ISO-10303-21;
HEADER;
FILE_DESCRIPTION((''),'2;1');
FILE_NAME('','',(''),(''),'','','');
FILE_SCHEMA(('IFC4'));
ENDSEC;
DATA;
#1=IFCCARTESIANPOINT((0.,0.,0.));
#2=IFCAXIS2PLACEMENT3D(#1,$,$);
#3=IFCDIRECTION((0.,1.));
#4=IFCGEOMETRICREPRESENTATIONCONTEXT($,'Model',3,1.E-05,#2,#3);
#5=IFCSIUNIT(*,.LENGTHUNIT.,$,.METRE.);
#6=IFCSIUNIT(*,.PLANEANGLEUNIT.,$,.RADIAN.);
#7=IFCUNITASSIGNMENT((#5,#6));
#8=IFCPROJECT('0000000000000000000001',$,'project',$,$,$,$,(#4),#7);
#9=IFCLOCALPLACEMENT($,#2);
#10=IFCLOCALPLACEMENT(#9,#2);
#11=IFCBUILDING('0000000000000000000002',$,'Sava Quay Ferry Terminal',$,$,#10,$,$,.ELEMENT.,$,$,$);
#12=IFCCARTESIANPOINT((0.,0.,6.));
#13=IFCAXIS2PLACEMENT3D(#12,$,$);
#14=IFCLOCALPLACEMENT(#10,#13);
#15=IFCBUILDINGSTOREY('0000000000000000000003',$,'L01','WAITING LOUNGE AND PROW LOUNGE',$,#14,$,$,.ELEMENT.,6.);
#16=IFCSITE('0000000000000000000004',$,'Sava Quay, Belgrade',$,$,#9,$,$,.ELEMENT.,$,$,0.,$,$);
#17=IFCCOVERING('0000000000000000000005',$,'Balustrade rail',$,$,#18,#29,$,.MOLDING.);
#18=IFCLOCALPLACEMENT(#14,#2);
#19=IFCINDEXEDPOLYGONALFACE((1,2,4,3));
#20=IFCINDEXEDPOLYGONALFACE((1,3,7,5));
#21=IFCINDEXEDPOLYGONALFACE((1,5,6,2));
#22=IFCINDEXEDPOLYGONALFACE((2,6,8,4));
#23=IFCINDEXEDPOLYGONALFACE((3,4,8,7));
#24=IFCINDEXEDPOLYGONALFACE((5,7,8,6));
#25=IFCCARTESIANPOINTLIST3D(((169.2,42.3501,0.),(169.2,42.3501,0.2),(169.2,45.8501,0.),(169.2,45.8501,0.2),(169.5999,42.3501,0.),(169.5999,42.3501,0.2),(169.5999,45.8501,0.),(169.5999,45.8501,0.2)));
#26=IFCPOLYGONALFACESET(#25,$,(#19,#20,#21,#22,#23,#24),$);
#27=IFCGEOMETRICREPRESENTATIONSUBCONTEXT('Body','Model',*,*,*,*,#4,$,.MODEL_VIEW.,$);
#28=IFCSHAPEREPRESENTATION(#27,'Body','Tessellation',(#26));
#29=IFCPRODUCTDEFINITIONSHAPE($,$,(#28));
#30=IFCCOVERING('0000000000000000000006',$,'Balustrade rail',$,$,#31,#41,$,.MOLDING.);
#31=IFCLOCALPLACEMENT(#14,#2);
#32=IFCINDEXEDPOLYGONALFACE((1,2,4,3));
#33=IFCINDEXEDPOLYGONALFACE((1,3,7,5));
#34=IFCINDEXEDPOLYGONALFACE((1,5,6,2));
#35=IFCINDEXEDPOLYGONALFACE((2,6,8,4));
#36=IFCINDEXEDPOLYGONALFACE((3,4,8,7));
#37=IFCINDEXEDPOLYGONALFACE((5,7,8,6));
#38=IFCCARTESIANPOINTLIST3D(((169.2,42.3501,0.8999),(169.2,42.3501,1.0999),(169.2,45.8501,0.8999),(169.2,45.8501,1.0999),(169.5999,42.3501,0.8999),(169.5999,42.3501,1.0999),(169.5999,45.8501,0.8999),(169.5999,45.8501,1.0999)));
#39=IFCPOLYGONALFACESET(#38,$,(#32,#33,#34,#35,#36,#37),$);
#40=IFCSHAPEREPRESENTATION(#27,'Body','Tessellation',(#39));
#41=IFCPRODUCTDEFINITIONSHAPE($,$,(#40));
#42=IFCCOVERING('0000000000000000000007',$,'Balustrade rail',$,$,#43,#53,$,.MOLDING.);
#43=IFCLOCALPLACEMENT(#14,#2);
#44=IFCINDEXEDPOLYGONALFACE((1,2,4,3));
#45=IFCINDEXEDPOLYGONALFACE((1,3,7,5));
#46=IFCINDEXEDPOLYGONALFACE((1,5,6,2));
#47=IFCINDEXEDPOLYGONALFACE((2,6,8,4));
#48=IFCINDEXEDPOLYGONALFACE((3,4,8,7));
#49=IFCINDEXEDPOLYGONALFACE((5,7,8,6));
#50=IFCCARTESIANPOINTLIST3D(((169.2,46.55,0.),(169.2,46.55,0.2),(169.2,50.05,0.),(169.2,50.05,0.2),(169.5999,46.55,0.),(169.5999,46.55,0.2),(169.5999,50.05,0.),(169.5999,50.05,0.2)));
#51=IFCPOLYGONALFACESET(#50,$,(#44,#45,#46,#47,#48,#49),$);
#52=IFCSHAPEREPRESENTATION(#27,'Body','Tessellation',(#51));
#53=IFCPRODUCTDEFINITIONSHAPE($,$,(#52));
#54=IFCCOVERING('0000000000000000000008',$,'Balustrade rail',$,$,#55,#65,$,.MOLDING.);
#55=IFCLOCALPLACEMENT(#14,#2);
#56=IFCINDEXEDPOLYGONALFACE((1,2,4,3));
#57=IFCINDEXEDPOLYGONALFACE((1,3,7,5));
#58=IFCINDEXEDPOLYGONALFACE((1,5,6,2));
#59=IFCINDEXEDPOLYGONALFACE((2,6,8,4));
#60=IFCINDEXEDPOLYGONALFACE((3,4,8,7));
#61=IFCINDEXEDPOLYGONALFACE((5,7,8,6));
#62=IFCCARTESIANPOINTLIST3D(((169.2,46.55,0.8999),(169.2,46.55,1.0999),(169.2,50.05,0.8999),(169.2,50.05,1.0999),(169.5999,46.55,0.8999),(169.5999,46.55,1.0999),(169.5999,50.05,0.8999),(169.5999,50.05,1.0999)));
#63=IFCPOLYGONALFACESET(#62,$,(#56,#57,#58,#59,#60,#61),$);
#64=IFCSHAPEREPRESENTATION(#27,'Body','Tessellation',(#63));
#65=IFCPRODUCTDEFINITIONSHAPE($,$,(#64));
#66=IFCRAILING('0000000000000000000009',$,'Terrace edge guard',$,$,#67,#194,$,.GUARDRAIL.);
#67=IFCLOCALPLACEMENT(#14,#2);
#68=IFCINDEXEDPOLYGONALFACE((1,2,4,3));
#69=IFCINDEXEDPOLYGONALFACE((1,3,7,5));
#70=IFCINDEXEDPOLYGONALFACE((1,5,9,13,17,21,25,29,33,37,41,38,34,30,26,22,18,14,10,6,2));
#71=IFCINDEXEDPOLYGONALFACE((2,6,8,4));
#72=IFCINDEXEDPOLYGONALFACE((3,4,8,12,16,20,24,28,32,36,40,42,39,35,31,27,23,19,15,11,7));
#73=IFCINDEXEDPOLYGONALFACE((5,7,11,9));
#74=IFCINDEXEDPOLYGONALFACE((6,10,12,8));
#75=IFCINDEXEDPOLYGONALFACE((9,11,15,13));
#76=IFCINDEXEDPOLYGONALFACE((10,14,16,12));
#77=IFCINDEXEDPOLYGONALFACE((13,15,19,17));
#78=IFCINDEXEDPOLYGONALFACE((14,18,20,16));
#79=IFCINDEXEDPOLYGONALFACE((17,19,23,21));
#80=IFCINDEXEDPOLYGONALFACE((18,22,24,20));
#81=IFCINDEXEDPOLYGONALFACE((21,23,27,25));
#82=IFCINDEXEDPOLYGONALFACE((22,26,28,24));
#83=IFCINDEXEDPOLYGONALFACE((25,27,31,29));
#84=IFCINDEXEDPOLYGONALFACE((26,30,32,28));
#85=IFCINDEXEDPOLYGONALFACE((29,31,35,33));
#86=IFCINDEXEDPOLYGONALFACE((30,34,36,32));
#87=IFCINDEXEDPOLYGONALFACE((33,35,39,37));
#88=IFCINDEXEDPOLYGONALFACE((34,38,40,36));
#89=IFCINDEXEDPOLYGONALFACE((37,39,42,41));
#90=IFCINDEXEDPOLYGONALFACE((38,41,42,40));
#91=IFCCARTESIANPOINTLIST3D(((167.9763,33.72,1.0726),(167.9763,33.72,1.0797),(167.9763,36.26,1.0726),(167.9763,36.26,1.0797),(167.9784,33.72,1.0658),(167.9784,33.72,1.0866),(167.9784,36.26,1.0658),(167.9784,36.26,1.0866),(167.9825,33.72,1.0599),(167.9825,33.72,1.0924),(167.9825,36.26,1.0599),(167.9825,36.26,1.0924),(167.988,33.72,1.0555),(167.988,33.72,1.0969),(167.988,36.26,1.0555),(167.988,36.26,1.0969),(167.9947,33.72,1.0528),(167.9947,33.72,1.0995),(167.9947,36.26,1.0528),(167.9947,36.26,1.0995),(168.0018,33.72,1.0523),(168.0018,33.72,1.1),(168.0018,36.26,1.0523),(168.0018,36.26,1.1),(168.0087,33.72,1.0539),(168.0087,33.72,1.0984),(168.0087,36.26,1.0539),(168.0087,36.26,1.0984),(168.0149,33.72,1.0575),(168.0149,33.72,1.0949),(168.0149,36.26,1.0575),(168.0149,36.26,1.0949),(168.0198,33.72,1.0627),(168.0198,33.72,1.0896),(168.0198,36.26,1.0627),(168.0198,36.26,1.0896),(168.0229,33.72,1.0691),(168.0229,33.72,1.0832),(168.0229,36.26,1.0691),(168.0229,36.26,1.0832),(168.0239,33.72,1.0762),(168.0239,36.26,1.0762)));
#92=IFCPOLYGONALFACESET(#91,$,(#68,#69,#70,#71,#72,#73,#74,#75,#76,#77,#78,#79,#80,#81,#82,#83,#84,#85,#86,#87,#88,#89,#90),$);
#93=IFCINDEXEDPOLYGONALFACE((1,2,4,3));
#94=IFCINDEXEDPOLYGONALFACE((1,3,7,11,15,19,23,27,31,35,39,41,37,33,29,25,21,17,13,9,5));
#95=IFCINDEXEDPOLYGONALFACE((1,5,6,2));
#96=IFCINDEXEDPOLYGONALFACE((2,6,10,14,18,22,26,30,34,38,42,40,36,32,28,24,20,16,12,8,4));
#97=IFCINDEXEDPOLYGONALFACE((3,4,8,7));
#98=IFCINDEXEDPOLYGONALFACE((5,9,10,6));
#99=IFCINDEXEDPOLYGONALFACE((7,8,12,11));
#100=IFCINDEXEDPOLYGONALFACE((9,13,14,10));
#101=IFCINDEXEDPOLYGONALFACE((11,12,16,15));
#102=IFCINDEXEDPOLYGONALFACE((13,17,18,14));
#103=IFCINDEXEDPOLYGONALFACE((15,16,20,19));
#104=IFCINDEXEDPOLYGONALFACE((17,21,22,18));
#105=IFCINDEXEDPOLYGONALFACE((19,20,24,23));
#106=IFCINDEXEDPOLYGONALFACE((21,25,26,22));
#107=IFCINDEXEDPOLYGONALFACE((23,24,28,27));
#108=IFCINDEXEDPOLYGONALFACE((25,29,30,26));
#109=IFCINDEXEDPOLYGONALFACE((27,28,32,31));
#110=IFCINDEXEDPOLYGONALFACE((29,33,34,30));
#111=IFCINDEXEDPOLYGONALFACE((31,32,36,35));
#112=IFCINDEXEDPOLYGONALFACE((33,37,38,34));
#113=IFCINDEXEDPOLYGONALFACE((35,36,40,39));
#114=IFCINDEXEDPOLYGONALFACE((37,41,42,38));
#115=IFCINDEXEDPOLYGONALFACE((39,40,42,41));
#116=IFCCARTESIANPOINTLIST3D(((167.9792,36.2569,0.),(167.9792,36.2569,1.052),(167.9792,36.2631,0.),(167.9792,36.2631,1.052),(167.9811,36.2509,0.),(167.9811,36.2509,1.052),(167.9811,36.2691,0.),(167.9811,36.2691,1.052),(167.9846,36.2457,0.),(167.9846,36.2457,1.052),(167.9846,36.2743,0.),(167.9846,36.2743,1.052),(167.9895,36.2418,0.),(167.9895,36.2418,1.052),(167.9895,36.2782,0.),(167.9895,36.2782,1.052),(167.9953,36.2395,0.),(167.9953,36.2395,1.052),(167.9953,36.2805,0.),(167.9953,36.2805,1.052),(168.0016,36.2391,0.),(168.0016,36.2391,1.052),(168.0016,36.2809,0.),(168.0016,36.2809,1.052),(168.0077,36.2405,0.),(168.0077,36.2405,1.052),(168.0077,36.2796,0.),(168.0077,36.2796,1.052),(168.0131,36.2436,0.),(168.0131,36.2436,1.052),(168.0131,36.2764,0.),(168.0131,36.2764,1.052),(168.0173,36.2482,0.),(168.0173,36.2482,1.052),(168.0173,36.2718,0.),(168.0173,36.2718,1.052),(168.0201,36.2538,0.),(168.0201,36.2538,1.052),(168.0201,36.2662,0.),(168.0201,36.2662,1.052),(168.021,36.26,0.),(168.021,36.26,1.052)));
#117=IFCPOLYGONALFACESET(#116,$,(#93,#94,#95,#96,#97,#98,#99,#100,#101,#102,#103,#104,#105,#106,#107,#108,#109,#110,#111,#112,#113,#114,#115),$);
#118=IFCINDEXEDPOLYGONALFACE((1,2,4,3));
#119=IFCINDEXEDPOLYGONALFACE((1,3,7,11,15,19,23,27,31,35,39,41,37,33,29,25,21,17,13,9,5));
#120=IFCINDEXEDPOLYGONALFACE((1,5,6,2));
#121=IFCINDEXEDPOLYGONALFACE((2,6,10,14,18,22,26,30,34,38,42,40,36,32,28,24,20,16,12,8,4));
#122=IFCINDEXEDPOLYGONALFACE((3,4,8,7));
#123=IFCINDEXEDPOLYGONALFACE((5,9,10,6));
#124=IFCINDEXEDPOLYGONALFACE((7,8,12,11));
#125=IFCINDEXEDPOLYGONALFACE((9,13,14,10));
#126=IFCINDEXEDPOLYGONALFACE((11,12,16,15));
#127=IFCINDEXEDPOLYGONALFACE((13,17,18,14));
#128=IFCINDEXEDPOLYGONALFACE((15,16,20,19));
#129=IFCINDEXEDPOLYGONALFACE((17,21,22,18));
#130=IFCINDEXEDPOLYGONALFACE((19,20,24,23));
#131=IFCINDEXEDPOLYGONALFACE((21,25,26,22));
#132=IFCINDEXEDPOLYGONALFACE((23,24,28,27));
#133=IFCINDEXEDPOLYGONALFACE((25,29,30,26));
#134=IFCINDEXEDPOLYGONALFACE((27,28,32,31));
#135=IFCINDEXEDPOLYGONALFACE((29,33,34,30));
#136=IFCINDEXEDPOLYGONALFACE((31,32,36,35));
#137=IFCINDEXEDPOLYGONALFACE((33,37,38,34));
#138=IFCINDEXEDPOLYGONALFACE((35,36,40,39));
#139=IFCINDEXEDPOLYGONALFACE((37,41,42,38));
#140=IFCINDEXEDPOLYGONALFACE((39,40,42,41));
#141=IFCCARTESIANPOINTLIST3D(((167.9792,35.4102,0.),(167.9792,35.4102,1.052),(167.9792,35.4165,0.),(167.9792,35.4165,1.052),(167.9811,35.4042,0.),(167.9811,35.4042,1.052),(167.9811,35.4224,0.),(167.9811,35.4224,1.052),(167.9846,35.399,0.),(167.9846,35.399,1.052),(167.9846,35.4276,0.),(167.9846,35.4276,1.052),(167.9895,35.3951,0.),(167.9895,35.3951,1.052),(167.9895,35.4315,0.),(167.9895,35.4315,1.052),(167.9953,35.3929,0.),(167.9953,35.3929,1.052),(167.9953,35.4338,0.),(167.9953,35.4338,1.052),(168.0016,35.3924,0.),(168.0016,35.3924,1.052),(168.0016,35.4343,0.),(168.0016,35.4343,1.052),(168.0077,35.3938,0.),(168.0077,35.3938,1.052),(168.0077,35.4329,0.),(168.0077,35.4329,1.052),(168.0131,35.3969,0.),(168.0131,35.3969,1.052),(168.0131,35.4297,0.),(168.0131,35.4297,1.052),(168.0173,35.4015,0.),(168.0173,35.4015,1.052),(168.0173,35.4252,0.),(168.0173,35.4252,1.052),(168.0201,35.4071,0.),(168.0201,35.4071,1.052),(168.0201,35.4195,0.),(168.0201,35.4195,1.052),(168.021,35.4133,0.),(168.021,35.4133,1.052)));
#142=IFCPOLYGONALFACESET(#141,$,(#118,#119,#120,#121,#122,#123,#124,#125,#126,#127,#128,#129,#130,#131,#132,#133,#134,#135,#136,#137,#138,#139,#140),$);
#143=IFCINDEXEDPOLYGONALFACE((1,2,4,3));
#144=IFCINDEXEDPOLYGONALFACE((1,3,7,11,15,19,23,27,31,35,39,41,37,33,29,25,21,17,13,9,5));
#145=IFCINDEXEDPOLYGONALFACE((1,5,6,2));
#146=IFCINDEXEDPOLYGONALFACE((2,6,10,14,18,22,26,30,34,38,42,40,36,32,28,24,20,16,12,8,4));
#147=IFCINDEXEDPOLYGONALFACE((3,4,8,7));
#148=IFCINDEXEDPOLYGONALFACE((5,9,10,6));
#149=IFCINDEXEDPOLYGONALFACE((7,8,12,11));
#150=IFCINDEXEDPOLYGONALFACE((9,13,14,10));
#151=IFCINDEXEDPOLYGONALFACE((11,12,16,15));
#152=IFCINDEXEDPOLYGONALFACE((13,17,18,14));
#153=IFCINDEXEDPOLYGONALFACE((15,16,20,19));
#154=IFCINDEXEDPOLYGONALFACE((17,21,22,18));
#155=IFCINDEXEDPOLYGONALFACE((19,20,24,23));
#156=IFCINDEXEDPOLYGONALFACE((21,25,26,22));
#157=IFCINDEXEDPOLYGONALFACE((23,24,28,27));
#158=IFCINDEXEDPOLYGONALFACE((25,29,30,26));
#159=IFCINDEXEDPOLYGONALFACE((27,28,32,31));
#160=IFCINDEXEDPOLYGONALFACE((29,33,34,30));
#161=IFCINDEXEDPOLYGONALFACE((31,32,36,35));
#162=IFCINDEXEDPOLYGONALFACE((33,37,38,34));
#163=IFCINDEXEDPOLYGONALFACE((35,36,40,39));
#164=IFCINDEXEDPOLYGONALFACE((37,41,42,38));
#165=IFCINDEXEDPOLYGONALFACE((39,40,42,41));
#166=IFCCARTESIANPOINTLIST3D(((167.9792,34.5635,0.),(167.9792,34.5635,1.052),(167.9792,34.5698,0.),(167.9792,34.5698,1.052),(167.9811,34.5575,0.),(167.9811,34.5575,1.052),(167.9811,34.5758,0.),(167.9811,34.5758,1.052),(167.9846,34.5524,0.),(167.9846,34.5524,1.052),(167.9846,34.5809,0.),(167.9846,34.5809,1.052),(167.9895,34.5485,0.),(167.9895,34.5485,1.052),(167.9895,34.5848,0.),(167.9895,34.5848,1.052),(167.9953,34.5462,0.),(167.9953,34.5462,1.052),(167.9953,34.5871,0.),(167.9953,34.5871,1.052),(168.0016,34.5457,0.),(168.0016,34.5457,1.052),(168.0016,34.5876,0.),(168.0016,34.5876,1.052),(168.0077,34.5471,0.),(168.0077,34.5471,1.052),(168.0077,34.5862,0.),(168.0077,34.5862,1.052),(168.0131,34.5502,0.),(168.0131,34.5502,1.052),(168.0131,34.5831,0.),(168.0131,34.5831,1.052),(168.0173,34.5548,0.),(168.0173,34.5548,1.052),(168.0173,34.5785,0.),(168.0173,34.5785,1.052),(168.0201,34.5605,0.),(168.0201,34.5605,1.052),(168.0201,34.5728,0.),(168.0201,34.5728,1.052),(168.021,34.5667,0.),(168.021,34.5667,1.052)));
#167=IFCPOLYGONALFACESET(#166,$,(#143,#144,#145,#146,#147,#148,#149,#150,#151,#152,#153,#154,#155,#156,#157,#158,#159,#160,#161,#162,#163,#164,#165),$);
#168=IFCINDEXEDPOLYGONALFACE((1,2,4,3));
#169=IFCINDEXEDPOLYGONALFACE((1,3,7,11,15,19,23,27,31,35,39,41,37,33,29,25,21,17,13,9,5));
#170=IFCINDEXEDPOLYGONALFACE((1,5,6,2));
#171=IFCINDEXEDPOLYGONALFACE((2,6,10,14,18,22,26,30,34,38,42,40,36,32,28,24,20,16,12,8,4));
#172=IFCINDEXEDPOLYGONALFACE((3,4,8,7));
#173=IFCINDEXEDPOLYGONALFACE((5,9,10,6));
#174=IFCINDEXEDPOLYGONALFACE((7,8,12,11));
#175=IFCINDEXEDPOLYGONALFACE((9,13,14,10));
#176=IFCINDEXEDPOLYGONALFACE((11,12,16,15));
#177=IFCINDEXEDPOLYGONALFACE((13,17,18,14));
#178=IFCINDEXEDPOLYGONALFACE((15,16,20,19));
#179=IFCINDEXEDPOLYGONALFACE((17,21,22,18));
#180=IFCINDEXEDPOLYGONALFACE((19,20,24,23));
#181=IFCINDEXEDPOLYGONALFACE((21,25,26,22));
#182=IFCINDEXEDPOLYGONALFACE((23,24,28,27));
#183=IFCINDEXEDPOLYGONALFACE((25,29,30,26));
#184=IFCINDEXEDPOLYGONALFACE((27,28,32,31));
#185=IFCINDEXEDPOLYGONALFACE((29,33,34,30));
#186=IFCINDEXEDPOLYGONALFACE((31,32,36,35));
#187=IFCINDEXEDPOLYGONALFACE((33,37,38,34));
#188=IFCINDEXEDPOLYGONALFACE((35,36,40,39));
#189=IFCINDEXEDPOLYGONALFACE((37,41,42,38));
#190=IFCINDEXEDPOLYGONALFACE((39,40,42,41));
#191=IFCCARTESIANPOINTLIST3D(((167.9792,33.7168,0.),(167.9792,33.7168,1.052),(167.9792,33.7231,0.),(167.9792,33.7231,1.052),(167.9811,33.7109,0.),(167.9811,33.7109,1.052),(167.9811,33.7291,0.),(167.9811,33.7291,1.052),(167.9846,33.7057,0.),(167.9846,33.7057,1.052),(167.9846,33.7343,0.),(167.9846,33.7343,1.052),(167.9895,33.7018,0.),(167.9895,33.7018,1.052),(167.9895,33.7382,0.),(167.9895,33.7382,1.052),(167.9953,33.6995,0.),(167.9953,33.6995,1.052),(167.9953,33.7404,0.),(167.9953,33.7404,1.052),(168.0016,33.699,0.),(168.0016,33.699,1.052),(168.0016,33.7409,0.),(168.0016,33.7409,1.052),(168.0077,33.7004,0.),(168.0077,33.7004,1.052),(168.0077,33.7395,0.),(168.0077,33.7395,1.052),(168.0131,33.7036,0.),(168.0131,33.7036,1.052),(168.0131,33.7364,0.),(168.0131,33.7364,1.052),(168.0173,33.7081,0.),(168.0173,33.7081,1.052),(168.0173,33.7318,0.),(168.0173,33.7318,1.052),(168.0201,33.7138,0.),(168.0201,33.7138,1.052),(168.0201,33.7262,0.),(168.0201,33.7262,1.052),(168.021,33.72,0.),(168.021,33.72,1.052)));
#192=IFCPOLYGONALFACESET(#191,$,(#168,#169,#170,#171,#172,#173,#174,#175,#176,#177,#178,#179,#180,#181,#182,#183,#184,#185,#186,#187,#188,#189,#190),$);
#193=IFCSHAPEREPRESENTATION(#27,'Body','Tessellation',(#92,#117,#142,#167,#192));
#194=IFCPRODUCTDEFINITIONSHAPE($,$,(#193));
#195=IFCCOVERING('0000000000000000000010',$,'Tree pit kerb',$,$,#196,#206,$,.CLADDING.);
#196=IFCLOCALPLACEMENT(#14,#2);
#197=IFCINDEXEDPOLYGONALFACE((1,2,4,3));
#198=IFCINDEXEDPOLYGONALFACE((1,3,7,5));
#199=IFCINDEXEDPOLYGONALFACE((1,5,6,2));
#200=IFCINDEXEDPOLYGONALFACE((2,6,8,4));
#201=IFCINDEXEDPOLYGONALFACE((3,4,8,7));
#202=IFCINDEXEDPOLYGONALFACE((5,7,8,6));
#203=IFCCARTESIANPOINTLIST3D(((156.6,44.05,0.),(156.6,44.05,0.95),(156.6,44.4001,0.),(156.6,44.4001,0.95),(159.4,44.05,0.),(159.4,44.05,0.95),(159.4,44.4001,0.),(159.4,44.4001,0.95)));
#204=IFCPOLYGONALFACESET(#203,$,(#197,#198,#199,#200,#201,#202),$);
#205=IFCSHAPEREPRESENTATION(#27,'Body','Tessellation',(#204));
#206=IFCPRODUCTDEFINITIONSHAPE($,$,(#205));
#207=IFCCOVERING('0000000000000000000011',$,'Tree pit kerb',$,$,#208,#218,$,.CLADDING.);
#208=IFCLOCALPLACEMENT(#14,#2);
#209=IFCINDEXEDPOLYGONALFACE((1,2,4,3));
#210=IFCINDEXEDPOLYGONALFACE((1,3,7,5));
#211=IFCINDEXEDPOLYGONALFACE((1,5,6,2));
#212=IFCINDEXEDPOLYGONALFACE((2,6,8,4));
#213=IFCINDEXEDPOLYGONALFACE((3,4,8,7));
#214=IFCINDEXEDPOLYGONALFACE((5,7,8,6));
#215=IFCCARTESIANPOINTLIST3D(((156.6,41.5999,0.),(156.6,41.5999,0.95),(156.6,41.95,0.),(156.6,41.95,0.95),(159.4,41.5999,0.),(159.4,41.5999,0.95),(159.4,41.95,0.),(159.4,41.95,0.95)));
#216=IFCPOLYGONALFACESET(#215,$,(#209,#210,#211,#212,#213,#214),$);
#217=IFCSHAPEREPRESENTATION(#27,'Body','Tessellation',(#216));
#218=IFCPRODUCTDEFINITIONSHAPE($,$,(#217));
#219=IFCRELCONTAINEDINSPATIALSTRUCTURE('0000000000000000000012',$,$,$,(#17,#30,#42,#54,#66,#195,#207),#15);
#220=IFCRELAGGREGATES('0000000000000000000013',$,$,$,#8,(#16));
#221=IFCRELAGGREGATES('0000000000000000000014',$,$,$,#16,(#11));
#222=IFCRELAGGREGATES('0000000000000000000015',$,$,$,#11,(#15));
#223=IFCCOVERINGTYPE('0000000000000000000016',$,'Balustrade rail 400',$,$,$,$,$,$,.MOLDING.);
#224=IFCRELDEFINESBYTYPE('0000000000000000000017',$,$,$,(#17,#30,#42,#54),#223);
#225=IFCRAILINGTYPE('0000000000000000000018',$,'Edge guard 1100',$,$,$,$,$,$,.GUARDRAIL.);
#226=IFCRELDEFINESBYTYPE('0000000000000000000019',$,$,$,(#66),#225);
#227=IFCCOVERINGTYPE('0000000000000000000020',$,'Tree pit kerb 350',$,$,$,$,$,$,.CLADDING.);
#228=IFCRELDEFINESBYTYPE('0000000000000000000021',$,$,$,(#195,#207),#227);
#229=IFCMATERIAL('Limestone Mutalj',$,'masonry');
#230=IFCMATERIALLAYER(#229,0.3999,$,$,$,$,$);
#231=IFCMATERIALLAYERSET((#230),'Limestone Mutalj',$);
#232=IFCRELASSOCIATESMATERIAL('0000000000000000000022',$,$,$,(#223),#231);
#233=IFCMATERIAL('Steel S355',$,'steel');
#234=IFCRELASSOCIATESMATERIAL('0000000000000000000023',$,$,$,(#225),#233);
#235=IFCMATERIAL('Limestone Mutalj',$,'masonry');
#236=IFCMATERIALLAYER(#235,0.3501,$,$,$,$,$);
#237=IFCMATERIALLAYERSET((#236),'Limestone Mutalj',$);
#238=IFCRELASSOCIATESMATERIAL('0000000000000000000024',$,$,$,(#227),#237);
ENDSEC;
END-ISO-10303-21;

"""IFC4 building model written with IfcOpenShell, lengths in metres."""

from ifc_helpers import new_model, si_unit, direction, frame, origin, origin_2d, place, context, subcontext, project, spatial, rectangle, circle, extrude, material, layer, layer_set, type_object, element, save


model = new_model("IFC4")

# Units and contexts
model_context = context("Model", 3, precision=1e-05, world=origin(), true_north=direction((0.0, 1.0)))
body_context = subcontext(model_context, "Body", "Model", "MODEL_VIEW")
ifc_project = project(units=[si_unit("LENGTHUNIT", "METRE"), si_unit("PLANEANGLEUNIT", "RADIAN")], contexts=[model_context])

# Site, building, storey
site_placement = place(None, origin())
site = spatial("IfcSite", under=ifc_project, at=site_placement, Name="Sava Quay, Belgrade", CompositionType="ELEMENT", RefElevation=0.0)
building_placement = place(site_placement, origin())
building = spatial("IfcBuilding", under=site, at=building_placement, Name="Sava Quay Ferry Terminal", CompositionType="ELEMENT")
storey_placement = place(building_placement, frame((0.0, 0.0, 6.0)))
storey = spatial("IfcBuildingStorey", under=building, at=storey_placement, Name="L01", Description="WAITING LOUNGE AND PROW LOUNGE", CompositionType="ELEMENT", Elevation=6.0)

# Coverings
ifc_material_1 = material(Name="Limestone Mutalj", Category="masonry")
ifc_layer_1 = layer(ifc_material_1, 0.3999)
ifc_layer_set_1 = layer_set([ifc_layer_1], Name="Limestone Mutalj")
covering_type_1 = type_object("IfcCoveringType", Name="Balustrade rail 400", PredefinedType="MOLDING", material=ifc_layer_set_1)
for number, where, z_axis, x_axis, name in (
    (1, (169.3999, 44.1001, 0.0), (0.0, 0.0, 1.0), (1.0, 0.0, 0.0), "Balustrade rail"),
    (2, (169.3999, 44.1001, 0.8999), (0.0, 0.0, 1.0), (1.0, 0.0, 0.0), "Balustrade rail"),
    (3, (169.3999, 48.3, 0.0), (0.0, 0.0, 1.0), (1.0, 0.0, 0.0), "Balustrade rail"),
    (4, (169.3999, 48.3, 0.8999), (0.0, 0.0, 1.0), (1.0, 0.0, 0.0), "Balustrade rail"),
):
    element("IfcCovering", number, at=place(storey_placement, frame(where, z_axis=z_axis, x_axis=x_axis)), inside=storey, type_object=covering_type_1, Name=name, PredefinedType="MOLDING", context=body_context, shape_type="SweptSolid", body=[
        extrude(rectangle(XDim=0.3999, YDim=3.5, at=origin_2d()), origin(), (0.0, 0.0, 1.0), 0.2),
    ])

# Railing
ifc_material_2 = material(Name="Steel S355", Category="steel")
railing_type = type_object("IfcRailingType", Name="Edge guard 1100", PredefinedType="GUARDRAIL", material=ifc_material_2)
railing_placement = place(storey_placement, frame((168.0, 36.26, 0.0)))
element("IfcRailing", 5, at=railing_placement, inside=storey, type_object=railing_type, Name="Terrace edge guard", PredefinedType="GUARDRAIL", context=body_context, shape_type="SweptSolid", body=[
    extrude(circle(Radius=0.0239, at=origin_2d()), frame((0.0, 0.0, 1.0762), z_axis=(0.0, -1.0, 0.0), x_axis=(1.0, 0.0, 0.0)), (0.0, 0.0, 1.0), 2.54),
    extrude(circle(Radius=0.021, at=origin_2d()), origin(), (0.0, 0.0, 1.0), 1.052),
    extrude(circle(Radius=0.021, at=origin_2d()), frame((0.0, -0.8467, 0.0)), (0.0, 0.0, 1.0), 1.052),
    extrude(circle(Radius=0.021, at=origin_2d()), frame((0.0, -1.6934, 0.0)), (0.0, 0.0, 1.0), 1.052),
    extrude(circle(Radius=0.021, at=origin_2d()), frame((0.0, -2.54, 0.0)), (0.0, 0.0, 1.0), 1.052),
])

# Coverings
ifc_material_3 = material(Name="Limestone Mutalj", Category="masonry")
ifc_layer_2 = layer(ifc_material_3, 0.3501)
ifc_layer_set_2 = layer_set([ifc_layer_2], Name="Limestone Mutalj")
covering_type_2 = type_object("IfcCoveringType", Name="Tree pit kerb 350", PredefinedType="CLADDING", material=ifc_layer_set_2)
for number, where, z_axis, x_axis, name in (
    (6, (158.0, 44.2251, 0.0), (0.0, 0.0, 1.0), (1.0, 0.0, 0.0), "Tree pit kerb"),
    (7, (158.0, 41.7749, 0.0), (0.0, 0.0, 1.0), (1.0, 0.0, 0.0), "Tree pit kerb"),
):
    element("IfcCovering", number, at=place(storey_placement, frame(where, z_axis=z_axis, x_axis=x_axis)), inside=storey, type_object=covering_type_2, Name=name, PredefinedType="CLADDING", context=body_context, shape_type="SweptSolid", body=[
        extrude(rectangle(XDim=2.8, YDim=0.3501, at=origin_2d()), origin(), (0.0, 0.0, 1.0), 0.95),
    ])

save(model, "model.ifc")
